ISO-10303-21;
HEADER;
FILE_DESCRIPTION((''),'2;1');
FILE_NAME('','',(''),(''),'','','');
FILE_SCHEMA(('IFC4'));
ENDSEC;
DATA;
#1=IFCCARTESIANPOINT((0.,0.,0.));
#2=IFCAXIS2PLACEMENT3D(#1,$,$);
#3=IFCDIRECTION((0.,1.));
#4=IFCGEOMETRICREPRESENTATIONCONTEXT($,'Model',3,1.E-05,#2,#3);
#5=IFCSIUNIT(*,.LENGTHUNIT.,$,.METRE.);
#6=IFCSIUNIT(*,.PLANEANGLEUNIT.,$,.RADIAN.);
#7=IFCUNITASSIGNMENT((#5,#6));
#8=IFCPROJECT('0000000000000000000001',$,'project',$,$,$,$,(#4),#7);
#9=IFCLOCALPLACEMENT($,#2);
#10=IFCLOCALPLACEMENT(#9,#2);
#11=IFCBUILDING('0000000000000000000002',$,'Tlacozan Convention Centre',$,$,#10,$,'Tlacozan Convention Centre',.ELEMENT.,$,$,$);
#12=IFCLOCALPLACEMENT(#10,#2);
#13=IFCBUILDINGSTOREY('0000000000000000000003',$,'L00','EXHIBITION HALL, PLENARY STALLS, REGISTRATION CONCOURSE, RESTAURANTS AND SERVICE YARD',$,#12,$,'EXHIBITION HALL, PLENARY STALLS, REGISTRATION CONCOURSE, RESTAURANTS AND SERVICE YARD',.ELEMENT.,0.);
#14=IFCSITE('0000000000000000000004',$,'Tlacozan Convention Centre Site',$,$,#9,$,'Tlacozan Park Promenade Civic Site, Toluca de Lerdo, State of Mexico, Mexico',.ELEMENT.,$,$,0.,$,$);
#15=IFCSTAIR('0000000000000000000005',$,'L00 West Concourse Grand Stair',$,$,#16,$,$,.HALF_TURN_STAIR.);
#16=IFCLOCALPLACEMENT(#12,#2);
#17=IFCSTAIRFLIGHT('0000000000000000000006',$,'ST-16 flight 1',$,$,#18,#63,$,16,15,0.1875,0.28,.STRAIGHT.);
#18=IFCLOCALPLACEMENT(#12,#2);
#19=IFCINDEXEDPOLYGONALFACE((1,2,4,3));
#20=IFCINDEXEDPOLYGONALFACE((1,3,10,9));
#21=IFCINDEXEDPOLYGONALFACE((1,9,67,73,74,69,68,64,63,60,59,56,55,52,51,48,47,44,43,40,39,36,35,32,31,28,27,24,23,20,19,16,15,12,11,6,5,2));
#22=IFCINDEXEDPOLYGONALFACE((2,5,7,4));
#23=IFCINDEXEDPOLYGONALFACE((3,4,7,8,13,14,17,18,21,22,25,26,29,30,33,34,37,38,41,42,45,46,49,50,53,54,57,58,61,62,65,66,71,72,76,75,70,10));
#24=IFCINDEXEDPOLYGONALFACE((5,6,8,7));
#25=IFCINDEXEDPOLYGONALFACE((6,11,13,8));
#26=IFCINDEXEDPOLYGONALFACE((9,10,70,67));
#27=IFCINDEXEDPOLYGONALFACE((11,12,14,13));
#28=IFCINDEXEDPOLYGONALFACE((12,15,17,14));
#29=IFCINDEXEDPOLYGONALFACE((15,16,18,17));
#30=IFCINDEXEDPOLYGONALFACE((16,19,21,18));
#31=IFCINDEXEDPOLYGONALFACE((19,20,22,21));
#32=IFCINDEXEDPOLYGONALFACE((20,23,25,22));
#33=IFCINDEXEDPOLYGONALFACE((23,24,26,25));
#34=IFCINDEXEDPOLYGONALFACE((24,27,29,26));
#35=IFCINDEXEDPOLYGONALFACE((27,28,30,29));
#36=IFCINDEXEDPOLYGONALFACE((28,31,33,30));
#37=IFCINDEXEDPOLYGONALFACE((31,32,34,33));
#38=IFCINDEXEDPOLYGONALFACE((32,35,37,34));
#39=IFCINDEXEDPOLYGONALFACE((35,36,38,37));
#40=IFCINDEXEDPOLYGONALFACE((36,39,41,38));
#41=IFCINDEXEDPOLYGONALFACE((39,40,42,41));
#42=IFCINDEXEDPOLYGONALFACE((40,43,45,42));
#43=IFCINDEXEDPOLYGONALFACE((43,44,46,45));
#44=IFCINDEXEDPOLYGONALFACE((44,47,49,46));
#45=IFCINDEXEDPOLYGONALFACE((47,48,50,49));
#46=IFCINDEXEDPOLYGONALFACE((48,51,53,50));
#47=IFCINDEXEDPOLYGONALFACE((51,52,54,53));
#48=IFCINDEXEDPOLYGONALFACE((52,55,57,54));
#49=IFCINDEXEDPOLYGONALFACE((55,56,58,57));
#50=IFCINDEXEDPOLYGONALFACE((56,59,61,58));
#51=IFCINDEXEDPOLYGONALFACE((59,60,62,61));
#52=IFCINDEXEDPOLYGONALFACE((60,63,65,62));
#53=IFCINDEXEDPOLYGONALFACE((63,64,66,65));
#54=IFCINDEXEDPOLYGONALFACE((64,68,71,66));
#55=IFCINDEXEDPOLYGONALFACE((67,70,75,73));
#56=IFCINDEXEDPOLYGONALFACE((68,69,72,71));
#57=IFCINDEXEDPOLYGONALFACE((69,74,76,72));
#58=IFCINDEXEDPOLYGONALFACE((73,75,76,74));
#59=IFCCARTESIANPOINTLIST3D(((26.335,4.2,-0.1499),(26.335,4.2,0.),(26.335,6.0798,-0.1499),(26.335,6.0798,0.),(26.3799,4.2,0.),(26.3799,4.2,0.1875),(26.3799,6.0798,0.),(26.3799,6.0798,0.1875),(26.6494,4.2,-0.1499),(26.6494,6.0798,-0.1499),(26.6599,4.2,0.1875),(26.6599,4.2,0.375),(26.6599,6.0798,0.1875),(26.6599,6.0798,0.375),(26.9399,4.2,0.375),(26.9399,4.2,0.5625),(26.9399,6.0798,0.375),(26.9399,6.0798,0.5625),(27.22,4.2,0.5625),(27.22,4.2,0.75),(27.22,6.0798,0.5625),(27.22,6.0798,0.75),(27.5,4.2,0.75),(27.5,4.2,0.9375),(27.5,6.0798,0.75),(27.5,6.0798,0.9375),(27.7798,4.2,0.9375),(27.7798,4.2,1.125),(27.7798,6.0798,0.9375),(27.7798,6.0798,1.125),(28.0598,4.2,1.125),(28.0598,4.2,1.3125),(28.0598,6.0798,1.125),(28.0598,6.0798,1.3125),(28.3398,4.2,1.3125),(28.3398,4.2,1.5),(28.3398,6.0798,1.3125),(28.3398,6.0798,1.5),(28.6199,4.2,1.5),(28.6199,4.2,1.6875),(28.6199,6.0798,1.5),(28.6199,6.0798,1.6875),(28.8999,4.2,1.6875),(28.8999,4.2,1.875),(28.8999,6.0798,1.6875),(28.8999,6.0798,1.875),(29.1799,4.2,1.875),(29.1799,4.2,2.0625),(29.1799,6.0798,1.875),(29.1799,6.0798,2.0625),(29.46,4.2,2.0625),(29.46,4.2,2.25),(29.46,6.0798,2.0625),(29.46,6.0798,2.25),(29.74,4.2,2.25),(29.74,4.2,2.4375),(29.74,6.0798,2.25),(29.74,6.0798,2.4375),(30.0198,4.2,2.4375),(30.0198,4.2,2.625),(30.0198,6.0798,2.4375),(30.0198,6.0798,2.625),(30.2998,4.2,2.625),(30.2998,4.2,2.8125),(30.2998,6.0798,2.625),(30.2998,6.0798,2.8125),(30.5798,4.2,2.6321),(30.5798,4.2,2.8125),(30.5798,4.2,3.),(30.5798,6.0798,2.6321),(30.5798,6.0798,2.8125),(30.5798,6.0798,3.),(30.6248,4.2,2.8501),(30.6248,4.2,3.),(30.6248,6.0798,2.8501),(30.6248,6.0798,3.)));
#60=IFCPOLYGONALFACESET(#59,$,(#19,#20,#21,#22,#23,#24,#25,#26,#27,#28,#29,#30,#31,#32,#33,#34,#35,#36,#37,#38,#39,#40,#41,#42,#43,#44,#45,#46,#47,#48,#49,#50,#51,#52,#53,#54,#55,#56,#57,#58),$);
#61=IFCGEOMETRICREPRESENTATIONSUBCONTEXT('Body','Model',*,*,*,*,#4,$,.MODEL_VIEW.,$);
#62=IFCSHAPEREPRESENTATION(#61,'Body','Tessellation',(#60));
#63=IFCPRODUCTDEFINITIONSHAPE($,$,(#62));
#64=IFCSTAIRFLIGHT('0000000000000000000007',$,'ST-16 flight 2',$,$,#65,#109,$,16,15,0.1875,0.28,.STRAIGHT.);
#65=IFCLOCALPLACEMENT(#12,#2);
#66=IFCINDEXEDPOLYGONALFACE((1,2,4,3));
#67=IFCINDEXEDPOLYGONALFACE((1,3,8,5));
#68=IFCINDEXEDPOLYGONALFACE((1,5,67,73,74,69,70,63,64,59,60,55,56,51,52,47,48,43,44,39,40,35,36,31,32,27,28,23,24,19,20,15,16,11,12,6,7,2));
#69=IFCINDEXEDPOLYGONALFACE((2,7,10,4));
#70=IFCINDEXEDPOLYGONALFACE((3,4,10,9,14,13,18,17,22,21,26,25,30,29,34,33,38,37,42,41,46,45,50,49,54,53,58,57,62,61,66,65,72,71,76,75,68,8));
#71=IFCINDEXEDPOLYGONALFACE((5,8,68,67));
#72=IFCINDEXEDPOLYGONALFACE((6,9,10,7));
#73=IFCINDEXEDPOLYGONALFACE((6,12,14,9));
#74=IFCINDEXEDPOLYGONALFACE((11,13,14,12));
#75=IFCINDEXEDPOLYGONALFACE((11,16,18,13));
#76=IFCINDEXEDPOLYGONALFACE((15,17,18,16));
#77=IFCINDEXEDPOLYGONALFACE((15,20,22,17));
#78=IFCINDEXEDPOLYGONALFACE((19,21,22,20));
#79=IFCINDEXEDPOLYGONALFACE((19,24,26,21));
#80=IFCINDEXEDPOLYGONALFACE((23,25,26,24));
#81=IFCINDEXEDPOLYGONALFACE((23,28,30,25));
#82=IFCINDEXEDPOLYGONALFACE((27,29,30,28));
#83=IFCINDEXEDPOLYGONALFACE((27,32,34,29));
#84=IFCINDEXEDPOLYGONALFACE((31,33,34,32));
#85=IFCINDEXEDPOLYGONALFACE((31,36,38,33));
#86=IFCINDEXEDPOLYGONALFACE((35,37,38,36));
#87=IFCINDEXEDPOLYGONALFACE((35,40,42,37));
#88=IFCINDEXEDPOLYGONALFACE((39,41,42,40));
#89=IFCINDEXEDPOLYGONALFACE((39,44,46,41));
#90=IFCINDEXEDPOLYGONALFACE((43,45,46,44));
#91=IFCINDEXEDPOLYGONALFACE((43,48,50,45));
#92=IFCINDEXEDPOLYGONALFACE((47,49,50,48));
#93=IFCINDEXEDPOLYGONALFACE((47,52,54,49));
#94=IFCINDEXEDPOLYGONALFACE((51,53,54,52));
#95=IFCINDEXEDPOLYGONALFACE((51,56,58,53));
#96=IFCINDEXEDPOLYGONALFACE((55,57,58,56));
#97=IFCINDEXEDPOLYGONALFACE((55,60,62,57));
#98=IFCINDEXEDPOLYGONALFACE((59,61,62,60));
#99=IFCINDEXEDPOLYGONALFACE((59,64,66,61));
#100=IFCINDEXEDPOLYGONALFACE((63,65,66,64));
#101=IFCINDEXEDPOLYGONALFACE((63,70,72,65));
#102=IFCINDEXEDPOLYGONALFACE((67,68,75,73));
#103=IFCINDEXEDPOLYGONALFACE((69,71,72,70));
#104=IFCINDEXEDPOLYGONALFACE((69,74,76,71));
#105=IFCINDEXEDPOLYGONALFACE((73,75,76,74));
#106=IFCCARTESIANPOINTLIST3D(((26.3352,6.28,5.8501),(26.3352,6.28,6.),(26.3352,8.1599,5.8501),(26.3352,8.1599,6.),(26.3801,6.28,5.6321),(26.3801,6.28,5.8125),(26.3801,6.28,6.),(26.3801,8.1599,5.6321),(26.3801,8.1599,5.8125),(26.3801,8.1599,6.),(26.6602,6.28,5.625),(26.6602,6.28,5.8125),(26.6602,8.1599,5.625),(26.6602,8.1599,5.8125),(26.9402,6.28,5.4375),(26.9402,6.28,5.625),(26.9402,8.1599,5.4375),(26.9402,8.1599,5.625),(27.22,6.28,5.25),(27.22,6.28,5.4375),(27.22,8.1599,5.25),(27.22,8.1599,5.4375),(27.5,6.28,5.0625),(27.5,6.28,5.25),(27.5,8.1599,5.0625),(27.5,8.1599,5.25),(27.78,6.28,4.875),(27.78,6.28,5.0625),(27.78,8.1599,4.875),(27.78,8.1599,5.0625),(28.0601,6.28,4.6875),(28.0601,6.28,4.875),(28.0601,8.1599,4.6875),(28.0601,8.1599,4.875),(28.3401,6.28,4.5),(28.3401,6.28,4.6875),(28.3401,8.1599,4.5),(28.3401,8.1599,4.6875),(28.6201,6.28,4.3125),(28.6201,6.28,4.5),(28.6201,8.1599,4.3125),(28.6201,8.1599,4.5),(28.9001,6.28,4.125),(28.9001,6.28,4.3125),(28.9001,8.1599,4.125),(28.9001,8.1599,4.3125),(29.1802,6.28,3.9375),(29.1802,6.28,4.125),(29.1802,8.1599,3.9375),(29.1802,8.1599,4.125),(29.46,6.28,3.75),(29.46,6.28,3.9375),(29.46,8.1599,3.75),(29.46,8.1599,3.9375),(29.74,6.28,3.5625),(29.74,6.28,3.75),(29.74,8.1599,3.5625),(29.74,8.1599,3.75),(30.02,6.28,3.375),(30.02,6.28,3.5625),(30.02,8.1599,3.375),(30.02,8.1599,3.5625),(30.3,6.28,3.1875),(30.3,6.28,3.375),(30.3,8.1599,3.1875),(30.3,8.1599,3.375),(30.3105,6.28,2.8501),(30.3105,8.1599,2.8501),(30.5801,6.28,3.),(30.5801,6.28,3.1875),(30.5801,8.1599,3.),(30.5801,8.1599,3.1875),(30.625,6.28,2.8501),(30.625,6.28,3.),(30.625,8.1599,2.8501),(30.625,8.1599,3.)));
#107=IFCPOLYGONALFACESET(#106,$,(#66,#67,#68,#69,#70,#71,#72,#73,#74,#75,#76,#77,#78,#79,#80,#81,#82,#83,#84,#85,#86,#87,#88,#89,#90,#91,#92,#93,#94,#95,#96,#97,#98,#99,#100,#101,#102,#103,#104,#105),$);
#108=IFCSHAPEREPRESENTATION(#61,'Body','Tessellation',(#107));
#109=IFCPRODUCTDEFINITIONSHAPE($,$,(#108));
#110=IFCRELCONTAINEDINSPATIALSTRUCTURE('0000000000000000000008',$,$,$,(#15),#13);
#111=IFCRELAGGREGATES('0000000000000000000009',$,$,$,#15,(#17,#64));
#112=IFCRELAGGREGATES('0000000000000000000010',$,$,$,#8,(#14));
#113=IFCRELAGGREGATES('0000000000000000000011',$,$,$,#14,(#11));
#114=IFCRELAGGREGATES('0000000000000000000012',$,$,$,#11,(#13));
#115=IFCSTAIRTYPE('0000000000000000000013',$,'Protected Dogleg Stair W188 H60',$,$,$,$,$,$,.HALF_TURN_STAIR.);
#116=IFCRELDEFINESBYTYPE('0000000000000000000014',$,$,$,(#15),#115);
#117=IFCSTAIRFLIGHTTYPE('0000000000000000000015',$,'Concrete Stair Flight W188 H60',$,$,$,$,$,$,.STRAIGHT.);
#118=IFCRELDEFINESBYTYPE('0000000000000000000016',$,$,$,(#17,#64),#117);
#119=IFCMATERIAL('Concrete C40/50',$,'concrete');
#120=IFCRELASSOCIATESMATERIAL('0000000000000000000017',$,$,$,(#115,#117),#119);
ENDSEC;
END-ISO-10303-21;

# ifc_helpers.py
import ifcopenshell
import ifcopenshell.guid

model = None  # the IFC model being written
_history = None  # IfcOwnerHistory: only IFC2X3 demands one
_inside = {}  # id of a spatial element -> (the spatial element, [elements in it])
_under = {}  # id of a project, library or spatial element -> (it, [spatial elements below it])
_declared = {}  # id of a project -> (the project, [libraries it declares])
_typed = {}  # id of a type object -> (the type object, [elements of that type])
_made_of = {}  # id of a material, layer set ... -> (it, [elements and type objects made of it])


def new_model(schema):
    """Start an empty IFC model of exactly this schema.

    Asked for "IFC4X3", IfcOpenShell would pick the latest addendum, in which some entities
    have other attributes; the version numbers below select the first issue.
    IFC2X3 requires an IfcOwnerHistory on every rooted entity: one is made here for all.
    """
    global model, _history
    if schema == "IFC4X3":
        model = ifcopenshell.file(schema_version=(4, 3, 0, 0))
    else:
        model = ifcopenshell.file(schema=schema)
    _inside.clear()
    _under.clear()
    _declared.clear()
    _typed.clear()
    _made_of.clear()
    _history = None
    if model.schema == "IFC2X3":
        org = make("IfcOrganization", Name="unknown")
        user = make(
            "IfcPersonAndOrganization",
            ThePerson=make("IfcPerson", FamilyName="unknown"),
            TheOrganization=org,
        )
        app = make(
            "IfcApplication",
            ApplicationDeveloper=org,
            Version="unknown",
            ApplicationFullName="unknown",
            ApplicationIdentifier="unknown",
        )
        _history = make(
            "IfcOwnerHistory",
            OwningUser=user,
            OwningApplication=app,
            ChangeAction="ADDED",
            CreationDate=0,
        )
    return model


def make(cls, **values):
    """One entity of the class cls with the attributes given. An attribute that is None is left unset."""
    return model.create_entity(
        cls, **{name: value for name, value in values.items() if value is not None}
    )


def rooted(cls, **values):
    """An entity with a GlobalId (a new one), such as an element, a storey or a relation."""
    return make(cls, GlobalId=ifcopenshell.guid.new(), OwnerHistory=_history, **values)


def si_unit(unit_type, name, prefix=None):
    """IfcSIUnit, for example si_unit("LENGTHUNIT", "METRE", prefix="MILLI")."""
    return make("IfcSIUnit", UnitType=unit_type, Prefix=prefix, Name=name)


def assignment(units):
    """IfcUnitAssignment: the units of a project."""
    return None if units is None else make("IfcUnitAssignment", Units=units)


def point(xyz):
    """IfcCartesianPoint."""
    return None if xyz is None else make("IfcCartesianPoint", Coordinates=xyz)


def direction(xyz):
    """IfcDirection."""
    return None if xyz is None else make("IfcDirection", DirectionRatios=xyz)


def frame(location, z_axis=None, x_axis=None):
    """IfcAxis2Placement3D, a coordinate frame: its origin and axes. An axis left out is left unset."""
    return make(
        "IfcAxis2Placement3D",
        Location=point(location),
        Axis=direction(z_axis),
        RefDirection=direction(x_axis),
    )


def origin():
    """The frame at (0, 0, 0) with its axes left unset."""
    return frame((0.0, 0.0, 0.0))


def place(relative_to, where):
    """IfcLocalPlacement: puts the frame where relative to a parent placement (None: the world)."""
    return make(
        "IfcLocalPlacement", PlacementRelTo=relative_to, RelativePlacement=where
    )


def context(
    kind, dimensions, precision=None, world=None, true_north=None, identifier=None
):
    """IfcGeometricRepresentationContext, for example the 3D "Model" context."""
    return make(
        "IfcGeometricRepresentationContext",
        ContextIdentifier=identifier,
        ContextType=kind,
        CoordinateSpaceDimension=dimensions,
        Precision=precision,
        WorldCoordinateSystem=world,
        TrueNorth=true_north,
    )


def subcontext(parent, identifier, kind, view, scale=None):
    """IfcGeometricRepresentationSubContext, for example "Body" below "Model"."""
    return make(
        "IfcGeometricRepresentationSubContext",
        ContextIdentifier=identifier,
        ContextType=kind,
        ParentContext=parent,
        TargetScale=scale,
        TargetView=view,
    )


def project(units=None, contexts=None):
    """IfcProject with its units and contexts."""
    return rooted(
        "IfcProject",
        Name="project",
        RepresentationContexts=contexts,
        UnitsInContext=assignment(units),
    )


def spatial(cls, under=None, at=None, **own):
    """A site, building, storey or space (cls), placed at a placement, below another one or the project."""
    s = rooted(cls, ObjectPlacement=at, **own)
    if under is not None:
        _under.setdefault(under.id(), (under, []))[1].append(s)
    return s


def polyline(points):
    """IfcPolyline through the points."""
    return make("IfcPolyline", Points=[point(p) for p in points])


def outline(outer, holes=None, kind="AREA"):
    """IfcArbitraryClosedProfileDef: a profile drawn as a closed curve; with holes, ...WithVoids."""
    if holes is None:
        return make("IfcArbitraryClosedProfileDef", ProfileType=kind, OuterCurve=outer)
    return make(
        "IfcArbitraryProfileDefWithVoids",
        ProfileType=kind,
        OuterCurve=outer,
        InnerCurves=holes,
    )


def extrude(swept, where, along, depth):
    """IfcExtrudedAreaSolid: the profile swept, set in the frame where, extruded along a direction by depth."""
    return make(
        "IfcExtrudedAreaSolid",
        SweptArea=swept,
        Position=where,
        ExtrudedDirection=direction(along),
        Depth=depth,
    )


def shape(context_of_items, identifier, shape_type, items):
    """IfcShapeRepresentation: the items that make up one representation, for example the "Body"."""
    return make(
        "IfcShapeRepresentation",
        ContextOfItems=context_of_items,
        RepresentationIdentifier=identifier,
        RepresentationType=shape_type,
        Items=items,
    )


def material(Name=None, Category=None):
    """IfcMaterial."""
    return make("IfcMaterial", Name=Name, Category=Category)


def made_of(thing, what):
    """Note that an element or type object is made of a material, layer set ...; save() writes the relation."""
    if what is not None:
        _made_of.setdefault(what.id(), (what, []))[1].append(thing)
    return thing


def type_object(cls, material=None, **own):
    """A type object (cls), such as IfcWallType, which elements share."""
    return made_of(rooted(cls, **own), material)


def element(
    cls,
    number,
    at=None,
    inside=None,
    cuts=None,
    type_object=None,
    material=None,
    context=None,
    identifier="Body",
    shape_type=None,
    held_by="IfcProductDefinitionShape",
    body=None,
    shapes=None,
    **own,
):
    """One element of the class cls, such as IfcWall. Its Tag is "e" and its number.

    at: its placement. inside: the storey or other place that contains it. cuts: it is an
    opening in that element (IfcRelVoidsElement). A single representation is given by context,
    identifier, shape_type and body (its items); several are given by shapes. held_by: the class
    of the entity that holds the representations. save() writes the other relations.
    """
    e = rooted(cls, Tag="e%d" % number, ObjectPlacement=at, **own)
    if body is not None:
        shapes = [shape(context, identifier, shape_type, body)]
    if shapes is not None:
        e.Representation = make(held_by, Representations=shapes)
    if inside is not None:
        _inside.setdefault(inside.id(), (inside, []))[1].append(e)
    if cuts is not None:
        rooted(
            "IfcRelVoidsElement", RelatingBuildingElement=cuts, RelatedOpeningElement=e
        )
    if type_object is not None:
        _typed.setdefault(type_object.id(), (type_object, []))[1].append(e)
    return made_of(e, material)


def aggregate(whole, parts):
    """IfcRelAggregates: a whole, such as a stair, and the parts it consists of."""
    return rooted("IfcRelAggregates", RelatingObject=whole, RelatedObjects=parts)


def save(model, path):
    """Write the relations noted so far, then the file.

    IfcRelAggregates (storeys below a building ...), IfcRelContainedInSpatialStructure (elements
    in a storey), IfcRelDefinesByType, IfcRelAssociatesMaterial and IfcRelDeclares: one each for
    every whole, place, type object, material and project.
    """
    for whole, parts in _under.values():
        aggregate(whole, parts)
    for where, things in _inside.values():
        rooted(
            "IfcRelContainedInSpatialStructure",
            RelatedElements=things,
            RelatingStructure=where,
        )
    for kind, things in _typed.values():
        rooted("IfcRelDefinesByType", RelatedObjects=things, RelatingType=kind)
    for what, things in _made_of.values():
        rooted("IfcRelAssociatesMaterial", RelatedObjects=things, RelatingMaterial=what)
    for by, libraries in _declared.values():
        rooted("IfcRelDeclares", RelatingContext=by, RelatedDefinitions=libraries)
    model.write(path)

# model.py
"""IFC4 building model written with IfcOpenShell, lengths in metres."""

from ifc_helpers import new_model, si_unit, direction, frame, origin, place, context, subcontext, project, spatial, polyline, outline, extrude, material, type_object, element, aggregate, save


model = new_model("IFC4")

# Units and contexts
model_context = context("Model", 3, precision=1e-05, world=origin(), true_north=direction((0.0, 1.0)))
body_context = subcontext(model_context, "Body", "Model", "MODEL_VIEW")
ifc_project = project(units=[si_unit("LENGTHUNIT", "METRE"), si_unit("PLANEANGLEUNIT", "RADIAN")], contexts=[model_context])

# Site, building, storey
site_placement = place(None, origin())
site = spatial("IfcSite", under=ifc_project, at=site_placement, Name="Tlacozan Convention Centre Site", LongName="Tlacozan Park Promenade Civic Site, Toluca de Lerdo, State of Mexico, Mexico", CompositionType="ELEMENT", RefElevation=0.0)
building_placement = place(site_placement, origin())
building = spatial("IfcBuilding", under=site, at=building_placement, Name="Tlacozan Convention Centre", LongName="Tlacozan Convention Centre", CompositionType="ELEMENT")
storey_placement = place(building_placement, origin())
storey = spatial("IfcBuildingStorey", under=building, at=storey_placement, Name="L00", Description="EXHIBITION HALL, PLENARY STALLS, REGISTRATION CONCOURSE, RESTAURANTS AND SERVICE YARD", LongName="EXHIBITION HALL, PLENARY STALLS, REGISTRATION CONCOURSE, RESTAURANTS AND SERVICE YARD", CompositionType="ELEMENT", Elevation=0.0)

# Shared definitions
ifc_material_1 = material(Name="Concrete C40/50", Category="concrete")

# Stair, stair flights
stair_type = type_object("IfcStairType", Name="Protected Dogleg Stair W188 H60", PredefinedType="HALF_TURN_STAIR", material=ifc_material_1)
stair_placement = place(storey_placement, origin())
stair = element("IfcStair", 1, at=stair_placement, inside=storey, type_object=stair_type, Name="L00 West Concourse Grand Stair", PredefinedType="HALF_TURN_STAIR")
stair_flight_type = type_object("IfcStairFlightType", Name="Concrete Stair Flight W188 H60", PredefinedType="STRAIGHT", material=ifc_material_1)
stair_flight_1_placement = place(storey_placement, frame((26.3799, 5.1399, 0.0), z_axis=(0.0, 0.0, 1.0), x_axis=(1.0, 0.0, 0.0)))
stair_flight_1 = element("IfcStairFlight", 2, at=stair_flight_1_placement, type_object=stair_flight_type, Name="ST-16 flight 1", NumberOfRisers=16, NumberOfTreads=15, PredefinedType="STRAIGHT", RiserHeight=0.1875, TreadLength=0.28, context=body_context, shape_type="SweptSolid", body=[
    extrude(outline(polyline([(-0.0449, -0.1499), (-0.0449, 0.0), (0.0, 0.0), (0.0, 0.1875), (0.28, 0.1875), (0.28, 0.375), (0.5601, 0.375), (0.5601, 0.5625), (0.8401, 0.5625), (0.8401, 0.75), (1.1201, 0.75), (1.1201, 0.9375), (1.3999, 0.9375), (1.3999, 1.125), (1.6799, 1.125), (1.6799, 1.3125), (1.96, 1.3125), (1.96, 1.5), (2.24, 1.5), (2.24, 1.6875), (2.52, 1.6875), (2.52, 1.875), (2.8, 1.875), (2.8, 2.0625), (3.0801, 2.0625), (3.0801, 2.25), (3.3601, 2.25), (3.3601, 2.4375), (3.6399, 2.4375), (3.6399, 2.625), (3.9199, 2.625), (3.9199, 2.8125), (4.2, 2.8125), (4.2, 3.0), (4.2449, 3.0), (4.2449, 2.8501), (4.2, 2.6321), (0.2695, -0.1499), (-0.0449, -0.1499)])), frame((0.0, 0.9399, 0.0), z_axis=(0.0, -1.0, 0.0), x_axis=(1.0, 0.0, 0.0)), (0.0, 0.0, 1.0), 1.8799),
])
stair_flight_2_placement = place(storey_placement, frame((30.5801, 7.22, 3.0), z_axis=(0.0, 0.0, 1.0), x_axis=(-1.0, 0.0, 0.0)))
stair_flight_2 = element("IfcStairFlight", 3, at=stair_flight_2_placement, type_object=stair_flight_type, Name="ST-16 flight 2", NumberOfRisers=16, NumberOfTreads=15, PredefinedType="STRAIGHT", RiserHeight=0.1875, TreadLength=0.28, context=body_context, shape_type="SweptSolid", body=[
    extrude(outline(polyline([(-0.0449, -0.1499), (-0.0449, 0.0), (0.0, 0.0), (0.0, 0.1875), (0.28, 0.1875), (0.28, 0.375), (0.5601, 0.375), (0.5601, 0.5625), (0.8401, 0.5625), (0.8401, 0.75), (1.1201, 0.75), (1.1201, 0.9375), (1.3999, 0.9375), (1.3999, 1.125), (1.6799, 1.125), (1.6799, 1.3125), (1.96, 1.3125), (1.96, 1.5), (2.24, 1.5), (2.24, 1.6875), (2.52, 1.6875), (2.52, 1.875), (2.8, 1.875), (2.8, 2.0625), (3.0801, 2.0625), (3.0801, 2.25), (3.3601, 2.25), (3.3601, 2.4375), (3.6399, 2.4375), (3.6399, 2.625), (3.9199, 2.625), (3.9199, 2.8125), (4.2, 2.8125), (4.2, 3.0), (4.2449, 3.0), (4.2449, 2.8501), (4.2, 2.6321), (0.2695, -0.1499), (-0.0449, -0.1499)])), frame((0.0, 0.9399, 0.0), z_axis=(0.0, -1.0, 0.0), x_axis=(1.0, 0.0, 0.0)), (0.0, 0.0, 1.0), 1.8799),
])
aggregate(stair, [stair_flight_1, stair_flight_2])

save(model, "model.ifc")
